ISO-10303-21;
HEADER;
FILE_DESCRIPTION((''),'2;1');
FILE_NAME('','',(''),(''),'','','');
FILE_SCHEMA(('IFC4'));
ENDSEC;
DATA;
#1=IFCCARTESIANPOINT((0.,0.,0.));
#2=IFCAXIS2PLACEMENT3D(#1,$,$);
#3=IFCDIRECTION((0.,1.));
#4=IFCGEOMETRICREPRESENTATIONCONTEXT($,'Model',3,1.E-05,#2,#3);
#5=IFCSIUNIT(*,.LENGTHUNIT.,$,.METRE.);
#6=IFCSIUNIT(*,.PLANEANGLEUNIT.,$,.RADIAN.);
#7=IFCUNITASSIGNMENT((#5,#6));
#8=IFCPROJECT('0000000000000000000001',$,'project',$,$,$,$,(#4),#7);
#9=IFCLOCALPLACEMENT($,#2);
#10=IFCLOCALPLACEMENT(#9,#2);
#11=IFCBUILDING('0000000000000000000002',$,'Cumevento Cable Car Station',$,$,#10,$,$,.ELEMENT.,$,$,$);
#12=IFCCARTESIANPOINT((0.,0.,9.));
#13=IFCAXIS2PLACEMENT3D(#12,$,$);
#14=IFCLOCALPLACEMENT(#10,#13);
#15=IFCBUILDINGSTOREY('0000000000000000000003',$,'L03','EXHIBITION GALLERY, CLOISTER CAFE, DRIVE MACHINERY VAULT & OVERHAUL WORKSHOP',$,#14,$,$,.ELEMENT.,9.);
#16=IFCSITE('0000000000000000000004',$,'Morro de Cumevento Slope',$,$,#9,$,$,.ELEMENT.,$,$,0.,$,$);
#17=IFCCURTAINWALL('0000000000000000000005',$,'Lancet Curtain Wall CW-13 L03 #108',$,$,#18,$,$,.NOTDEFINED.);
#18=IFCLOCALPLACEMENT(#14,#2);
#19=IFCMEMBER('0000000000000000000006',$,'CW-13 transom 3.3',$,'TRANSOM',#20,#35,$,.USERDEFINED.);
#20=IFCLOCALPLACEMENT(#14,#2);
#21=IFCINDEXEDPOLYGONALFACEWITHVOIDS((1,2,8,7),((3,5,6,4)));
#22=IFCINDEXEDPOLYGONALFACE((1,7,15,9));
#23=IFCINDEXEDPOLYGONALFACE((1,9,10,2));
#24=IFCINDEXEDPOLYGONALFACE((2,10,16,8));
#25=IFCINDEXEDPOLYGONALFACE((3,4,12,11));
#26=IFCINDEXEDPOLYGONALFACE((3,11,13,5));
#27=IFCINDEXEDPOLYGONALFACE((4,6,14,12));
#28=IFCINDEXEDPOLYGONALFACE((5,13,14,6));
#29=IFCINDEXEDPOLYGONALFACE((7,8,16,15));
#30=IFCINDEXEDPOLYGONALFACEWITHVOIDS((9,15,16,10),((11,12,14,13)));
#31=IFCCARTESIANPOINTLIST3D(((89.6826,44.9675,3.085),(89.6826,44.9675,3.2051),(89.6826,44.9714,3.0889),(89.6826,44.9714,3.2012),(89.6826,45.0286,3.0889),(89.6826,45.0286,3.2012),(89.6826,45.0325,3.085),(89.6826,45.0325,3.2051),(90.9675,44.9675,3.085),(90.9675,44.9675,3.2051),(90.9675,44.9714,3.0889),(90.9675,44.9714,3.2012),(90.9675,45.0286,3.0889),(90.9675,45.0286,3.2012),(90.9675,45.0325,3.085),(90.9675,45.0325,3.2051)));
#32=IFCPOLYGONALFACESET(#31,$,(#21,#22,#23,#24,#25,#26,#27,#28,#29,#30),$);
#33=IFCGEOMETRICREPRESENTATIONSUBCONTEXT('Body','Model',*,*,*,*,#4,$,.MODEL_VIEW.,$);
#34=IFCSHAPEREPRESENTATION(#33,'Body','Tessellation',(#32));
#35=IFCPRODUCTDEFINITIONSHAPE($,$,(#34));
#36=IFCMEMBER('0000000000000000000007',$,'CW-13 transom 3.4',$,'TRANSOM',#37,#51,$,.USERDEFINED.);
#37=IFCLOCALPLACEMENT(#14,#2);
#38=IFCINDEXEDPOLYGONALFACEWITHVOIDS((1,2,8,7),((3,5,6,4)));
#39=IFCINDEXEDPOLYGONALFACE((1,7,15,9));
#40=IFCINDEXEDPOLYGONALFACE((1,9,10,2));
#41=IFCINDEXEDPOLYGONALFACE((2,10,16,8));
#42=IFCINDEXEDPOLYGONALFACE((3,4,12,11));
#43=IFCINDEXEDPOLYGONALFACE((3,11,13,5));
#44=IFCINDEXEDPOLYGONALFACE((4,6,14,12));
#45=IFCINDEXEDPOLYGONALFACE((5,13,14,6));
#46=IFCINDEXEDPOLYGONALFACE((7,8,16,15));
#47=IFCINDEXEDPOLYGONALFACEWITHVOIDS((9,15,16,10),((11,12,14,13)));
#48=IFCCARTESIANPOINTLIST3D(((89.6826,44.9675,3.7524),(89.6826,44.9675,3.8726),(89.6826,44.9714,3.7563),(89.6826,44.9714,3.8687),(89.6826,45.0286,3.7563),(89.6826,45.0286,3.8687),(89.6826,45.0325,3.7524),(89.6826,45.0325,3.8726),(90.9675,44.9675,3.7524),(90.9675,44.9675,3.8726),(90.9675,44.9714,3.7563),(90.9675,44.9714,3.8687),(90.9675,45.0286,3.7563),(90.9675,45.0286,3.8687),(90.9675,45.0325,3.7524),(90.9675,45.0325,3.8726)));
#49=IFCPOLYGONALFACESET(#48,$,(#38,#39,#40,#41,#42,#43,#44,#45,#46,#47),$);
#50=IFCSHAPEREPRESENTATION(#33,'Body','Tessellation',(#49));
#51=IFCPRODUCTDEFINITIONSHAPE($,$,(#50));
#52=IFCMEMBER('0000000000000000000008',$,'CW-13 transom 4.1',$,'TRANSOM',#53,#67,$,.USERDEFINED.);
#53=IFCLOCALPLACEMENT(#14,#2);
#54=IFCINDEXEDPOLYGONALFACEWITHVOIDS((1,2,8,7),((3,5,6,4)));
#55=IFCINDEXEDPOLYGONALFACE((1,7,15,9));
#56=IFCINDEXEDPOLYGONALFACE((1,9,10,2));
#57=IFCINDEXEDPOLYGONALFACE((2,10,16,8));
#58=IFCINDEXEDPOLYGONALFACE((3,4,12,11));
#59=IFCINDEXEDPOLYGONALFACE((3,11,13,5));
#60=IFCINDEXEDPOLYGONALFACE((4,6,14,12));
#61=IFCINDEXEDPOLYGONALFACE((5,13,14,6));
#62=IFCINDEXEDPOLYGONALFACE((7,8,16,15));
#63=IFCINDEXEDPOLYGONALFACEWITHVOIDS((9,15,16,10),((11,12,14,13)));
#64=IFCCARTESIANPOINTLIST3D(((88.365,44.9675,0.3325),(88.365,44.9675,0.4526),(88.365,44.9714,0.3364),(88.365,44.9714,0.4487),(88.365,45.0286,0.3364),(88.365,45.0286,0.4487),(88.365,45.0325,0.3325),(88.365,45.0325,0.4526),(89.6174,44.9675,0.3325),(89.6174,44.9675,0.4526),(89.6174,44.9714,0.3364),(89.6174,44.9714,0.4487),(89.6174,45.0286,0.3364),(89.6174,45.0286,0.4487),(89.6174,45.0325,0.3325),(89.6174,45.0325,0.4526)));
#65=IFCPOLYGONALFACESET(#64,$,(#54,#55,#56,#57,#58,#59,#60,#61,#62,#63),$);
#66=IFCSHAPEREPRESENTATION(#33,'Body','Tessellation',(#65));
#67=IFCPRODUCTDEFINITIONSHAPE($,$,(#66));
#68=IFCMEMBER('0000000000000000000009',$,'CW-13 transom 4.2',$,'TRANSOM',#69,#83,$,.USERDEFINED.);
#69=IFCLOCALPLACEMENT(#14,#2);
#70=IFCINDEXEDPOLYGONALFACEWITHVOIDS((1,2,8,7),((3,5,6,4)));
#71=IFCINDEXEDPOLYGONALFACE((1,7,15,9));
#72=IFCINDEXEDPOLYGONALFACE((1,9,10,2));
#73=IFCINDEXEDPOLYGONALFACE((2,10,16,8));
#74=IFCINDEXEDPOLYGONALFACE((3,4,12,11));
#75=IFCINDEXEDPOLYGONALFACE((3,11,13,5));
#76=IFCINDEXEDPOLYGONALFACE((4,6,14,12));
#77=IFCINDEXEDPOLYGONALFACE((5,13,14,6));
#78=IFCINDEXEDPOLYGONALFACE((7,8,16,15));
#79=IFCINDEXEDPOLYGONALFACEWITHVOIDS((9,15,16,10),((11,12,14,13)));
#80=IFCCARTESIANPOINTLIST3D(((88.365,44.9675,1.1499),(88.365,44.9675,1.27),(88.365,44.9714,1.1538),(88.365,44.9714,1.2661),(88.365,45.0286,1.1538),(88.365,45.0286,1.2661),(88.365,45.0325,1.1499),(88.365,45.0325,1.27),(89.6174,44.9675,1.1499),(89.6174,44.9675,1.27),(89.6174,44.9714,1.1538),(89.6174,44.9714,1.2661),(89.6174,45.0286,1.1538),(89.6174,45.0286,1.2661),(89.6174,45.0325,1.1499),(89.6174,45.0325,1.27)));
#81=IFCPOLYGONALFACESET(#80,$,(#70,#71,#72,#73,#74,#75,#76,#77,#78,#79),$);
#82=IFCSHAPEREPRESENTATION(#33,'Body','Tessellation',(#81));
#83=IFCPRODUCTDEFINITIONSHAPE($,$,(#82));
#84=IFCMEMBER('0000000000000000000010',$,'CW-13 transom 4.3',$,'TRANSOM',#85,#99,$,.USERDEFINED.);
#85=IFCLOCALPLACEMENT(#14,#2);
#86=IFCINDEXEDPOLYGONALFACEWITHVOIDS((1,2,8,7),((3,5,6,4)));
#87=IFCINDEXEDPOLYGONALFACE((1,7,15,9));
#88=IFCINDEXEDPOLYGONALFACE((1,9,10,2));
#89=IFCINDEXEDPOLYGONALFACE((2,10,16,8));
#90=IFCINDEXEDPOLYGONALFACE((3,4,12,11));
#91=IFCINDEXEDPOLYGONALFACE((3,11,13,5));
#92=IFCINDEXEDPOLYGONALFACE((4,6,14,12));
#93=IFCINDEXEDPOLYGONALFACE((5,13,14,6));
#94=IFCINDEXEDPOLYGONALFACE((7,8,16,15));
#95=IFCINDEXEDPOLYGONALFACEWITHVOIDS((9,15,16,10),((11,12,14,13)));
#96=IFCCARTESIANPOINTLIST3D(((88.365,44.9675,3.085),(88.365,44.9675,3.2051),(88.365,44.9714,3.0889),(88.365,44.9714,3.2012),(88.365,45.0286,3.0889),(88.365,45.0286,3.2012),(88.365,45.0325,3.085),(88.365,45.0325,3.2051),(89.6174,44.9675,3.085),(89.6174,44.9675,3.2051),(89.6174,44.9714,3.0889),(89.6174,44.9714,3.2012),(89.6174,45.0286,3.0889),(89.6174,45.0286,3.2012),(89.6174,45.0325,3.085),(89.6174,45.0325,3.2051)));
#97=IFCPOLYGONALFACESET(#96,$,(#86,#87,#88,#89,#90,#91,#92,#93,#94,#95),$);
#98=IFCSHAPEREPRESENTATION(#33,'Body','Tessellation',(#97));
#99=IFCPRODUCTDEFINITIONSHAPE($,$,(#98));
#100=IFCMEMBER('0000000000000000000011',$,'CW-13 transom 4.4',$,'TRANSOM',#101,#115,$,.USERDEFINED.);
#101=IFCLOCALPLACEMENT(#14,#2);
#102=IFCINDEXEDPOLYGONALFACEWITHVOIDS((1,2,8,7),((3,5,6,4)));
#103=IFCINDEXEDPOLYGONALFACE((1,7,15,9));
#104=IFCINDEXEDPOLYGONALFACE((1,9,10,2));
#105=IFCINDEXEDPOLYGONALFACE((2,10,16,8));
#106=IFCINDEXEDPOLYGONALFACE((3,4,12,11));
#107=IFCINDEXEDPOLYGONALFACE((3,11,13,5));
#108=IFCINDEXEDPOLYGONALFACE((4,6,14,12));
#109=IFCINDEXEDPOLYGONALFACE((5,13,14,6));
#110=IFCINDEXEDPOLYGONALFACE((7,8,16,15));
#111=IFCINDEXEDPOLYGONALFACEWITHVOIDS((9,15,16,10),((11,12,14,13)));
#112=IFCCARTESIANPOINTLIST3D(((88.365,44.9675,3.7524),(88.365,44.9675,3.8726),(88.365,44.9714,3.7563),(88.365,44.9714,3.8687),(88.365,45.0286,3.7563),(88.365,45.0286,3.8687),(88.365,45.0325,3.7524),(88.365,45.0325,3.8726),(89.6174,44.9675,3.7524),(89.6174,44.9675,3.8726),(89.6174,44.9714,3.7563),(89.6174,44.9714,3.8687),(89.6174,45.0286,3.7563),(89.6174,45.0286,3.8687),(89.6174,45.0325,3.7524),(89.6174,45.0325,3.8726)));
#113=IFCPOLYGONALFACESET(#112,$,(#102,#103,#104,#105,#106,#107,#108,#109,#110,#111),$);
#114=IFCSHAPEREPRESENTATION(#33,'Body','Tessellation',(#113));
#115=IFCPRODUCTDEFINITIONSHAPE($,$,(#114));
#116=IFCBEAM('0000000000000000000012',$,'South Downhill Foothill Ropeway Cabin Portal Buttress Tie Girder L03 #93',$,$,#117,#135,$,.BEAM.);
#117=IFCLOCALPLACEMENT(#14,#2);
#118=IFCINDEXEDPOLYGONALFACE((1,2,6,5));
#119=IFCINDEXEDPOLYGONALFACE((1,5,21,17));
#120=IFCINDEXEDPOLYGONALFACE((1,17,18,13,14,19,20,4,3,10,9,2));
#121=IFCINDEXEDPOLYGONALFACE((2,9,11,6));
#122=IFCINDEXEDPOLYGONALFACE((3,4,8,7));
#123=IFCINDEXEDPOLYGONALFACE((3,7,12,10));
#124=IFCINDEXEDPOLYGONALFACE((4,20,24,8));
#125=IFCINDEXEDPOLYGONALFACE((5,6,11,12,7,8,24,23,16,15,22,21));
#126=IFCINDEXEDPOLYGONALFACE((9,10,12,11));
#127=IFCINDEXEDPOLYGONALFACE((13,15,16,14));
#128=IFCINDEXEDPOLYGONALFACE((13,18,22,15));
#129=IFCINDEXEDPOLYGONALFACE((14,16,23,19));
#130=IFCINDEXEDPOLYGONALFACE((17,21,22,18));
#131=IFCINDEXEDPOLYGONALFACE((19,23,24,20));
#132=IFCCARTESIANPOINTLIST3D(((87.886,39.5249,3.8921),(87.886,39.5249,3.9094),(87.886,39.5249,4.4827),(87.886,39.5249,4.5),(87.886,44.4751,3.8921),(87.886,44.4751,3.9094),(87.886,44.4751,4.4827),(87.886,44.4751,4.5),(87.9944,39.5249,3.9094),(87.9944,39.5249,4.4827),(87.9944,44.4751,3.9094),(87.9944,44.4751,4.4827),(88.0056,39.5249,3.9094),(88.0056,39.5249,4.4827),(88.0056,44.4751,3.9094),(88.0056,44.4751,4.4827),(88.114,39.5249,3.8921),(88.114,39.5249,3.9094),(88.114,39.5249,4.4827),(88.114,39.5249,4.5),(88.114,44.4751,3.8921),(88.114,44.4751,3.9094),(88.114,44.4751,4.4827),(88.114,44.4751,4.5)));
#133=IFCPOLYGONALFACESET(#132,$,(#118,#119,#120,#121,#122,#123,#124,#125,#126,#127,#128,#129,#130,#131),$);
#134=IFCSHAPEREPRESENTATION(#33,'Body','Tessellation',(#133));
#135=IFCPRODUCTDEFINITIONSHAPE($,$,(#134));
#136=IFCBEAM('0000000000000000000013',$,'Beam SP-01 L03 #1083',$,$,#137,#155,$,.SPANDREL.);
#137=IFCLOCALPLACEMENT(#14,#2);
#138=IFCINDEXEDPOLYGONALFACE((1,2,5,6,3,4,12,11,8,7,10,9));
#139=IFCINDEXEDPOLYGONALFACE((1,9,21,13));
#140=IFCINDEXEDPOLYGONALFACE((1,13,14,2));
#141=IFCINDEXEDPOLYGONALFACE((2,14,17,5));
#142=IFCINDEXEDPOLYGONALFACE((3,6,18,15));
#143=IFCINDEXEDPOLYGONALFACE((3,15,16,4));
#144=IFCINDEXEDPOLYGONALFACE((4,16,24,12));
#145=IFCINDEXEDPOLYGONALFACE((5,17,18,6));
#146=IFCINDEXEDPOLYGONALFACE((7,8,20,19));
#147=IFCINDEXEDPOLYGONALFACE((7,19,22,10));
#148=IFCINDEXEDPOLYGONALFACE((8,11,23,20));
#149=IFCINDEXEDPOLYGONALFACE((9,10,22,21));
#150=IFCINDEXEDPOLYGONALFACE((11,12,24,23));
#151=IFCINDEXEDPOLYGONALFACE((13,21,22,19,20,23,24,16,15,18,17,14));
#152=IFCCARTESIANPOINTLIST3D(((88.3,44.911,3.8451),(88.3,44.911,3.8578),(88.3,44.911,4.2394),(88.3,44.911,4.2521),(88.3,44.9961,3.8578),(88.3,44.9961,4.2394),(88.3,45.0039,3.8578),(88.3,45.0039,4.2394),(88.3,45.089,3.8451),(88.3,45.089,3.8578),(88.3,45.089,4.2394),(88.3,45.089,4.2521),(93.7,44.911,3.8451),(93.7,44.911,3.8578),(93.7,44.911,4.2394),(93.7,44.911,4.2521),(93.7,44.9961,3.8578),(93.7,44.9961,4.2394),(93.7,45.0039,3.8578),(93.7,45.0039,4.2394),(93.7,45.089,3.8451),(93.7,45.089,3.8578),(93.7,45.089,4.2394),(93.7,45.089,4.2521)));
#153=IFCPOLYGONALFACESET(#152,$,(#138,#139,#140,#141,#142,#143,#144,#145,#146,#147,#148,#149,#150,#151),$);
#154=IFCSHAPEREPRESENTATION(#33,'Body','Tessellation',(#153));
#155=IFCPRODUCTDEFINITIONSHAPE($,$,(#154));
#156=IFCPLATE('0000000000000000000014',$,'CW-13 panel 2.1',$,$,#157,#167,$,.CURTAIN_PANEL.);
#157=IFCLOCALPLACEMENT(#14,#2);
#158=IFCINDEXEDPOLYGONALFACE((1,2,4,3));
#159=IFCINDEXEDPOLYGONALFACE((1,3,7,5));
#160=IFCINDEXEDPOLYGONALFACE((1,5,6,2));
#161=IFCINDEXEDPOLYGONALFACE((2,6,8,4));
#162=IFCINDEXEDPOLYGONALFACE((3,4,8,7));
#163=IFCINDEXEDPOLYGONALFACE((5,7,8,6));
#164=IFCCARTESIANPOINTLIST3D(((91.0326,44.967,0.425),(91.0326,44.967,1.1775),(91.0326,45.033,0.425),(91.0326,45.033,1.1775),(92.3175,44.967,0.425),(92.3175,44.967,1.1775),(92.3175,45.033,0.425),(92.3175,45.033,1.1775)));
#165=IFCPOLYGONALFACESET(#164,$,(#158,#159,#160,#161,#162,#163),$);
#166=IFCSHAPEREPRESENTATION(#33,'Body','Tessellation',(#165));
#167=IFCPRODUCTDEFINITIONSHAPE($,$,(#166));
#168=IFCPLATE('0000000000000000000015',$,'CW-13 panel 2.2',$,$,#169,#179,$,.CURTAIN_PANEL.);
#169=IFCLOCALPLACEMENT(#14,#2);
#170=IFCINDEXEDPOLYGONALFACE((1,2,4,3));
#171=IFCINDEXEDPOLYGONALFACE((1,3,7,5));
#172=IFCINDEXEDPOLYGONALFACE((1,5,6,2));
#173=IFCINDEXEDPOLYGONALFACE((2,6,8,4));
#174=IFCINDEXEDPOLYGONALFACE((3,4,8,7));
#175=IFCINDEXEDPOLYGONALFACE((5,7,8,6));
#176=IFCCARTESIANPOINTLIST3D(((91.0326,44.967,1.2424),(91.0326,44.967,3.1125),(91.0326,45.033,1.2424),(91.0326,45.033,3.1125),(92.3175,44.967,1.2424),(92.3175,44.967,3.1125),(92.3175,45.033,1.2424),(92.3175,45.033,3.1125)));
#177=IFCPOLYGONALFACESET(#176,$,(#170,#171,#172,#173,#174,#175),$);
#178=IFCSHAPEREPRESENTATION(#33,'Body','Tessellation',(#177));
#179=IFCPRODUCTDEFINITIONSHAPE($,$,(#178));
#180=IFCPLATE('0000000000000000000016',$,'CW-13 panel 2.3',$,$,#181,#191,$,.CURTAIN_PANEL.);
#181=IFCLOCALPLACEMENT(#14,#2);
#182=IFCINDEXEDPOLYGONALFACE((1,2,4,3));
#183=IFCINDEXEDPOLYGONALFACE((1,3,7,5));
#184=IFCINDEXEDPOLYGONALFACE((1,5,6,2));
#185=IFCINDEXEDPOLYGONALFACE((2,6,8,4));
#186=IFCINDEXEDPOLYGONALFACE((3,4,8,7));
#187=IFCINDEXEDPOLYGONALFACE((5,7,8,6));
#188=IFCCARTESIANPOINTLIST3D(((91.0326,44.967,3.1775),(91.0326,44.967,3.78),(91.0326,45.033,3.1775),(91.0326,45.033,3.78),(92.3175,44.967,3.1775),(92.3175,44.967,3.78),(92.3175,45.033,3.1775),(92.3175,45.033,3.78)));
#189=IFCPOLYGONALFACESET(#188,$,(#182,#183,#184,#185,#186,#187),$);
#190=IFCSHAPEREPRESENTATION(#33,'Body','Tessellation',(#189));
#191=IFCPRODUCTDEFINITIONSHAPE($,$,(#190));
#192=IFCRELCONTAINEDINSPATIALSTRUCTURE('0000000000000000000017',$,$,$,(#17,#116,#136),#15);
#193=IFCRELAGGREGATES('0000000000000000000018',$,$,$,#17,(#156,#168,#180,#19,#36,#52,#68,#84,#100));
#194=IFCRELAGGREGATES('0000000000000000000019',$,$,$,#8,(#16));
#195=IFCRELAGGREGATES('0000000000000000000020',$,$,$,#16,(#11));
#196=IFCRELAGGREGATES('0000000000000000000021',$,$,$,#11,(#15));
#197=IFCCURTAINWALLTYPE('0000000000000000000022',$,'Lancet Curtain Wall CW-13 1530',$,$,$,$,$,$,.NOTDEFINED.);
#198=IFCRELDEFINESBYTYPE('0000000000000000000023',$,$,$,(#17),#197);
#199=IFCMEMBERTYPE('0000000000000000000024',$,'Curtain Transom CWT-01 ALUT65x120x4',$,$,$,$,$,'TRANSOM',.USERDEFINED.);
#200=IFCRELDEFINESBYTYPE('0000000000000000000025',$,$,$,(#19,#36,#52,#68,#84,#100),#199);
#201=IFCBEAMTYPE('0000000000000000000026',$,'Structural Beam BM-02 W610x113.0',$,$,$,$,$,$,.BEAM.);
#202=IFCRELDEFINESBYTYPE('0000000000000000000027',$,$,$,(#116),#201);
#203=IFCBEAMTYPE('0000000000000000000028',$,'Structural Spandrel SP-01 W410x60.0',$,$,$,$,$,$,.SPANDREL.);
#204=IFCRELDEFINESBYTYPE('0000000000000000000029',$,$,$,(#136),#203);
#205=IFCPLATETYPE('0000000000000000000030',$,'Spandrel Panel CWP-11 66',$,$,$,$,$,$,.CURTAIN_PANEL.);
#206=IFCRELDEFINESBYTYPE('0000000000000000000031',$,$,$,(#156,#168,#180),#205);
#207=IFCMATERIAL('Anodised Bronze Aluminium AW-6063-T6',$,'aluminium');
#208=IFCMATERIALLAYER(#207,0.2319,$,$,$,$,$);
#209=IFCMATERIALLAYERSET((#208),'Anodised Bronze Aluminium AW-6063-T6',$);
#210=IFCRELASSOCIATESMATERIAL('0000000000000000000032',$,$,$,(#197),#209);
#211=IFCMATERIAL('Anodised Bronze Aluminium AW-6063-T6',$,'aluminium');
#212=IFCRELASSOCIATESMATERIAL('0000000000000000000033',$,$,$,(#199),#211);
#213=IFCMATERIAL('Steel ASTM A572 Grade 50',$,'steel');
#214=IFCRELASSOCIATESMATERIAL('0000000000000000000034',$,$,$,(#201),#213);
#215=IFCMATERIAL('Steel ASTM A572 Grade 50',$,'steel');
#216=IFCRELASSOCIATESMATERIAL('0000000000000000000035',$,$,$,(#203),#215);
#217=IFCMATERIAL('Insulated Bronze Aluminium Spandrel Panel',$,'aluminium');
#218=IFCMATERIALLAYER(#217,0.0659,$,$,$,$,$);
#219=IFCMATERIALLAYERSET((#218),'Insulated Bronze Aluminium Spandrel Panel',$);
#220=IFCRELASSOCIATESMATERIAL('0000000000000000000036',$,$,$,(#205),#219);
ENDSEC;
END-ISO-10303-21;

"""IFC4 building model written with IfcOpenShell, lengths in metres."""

from ifc_helpers import new_model, si_unit, direction, frame, origin, origin_2d, place, context, subcontext, project, spatial, rectangle, hollow_rectangle, i_section, extrude, material, layer, layer_set, material_profile, profile_set, type_object, element, aggregate, save


model = new_model("IFC4")

# Units and contexts
model_context = context("Model", 3, precision=1e-05, world=origin(), true_north=direction((0.0, 1.0)))
body_context = subcontext(model_context, "Body", "Model", "MODEL_VIEW")
ifc_project = project(units=[si_unit("LENGTHUNIT", "METRE"), si_unit("PLANEANGLEUNIT", "RADIAN")], contexts=[model_context])

# Site, building, storey
site_placement = place(None, origin())
site = spatial("IfcSite", under=ifc_project, at=site_placement, Name="Morro de Cumevento Slope", CompositionType="ELEMENT", RefElevation=0.0)
building_placement = place(site_placement, origin())
building = spatial("IfcBuilding", under=site, at=building_placement, Name="Cumevento Cable Car Station", CompositionType="ELEMENT")
storey_placement = place(building_placement, frame((0.0, 0.0, 9.0)))
storey = spatial("IfcBuildingStorey", under=building, at=storey_placement, Name="L03", Description="EXHIBITION GALLERY, CLOISTER CAFE, DRIVE MACHINERY VAULT & OVERHAUL WORKSHOP", CompositionType="ELEMENT", Elevation=9.0)

# Curtain wall
ifc_material_1 = material(Name="Anodised Bronze Aluminium AW-6063-T6", Category="aluminium")
ifc_layer_1 = layer(ifc_material_1, 0.2319)
ifc_layer_set_1 = layer_set([ifc_layer_1], Name="Anodised Bronze Aluminium AW-6063-T6")
curtain_wall_type_1 = type_object("IfcCurtainWallType", Name="Lancet Curtain Wall CW-13 1530", PredefinedType="NOTDEFINED", material=ifc_layer_set_1)
curtain_wall_1_placement = place(storey_placement, origin())
curtain_wall_1 = element("IfcCurtainWall", 1, at=curtain_wall_1_placement, inside=storey, type_object=curtain_wall_type_1, Name="Lancet Curtain Wall CW-13 L03 #108", PredefinedType="NOTDEFINED")

# Members
ifc_material_2 = material(Name="Anodised Bronze Aluminium AW-6063-T6", Category="aluminium")
ifc_material_profile_1 = material_profile(ifc_material_2, hollow_rectangle(XDim=0.0649, YDim=0.1201, WallThickness=0.0039, at=origin_2d()), Name="ALUT65x120x4")
ifc_profile_set_1 = profile_set([ifc_material_profile_1], Name="Anodised Bronze Aluminium AW-6063-T6")
member_type_1 = type_object("IfcMemberType", Name="Curtain Transom CWT-01 ALUT65x120x4", ElementType="TRANSOM", PredefinedType="USERDEFINED", material=ifc_profile_set_1)
member_1_placement = place(storey_placement, frame((90.9675, 45.0, 3.145), z_axis=(-1.0, 0.0, 0.0), x_axis=(0.0, -1.0, 0.0)))
member_1 = element("IfcMember", 2, at=member_1_placement, type_object=member_type_1, Name="CW-13 transom 3.3", ObjectType="TRANSOM", PredefinedType="USERDEFINED", context=body_context, shape_type="SweptSolid", body=[
    extrude(hollow_rectangle(XDim=0.0649, YDim=0.1201, WallThickness=0.0039, at=origin_2d()), origin(), (0.0, 0.0, 1.0), 1.2849),
])
member_2_placement = place(storey_placement, frame((90.9675, 45.0, 3.8125), z_axis=(-1.0, 0.0, 0.0), x_axis=(0.0, -1.0, 0.0)))
member_2 = element("IfcMember", 3, at=member_2_placement, type_object=member_type_1, Name="CW-13 transom 3.4", ObjectType="TRANSOM", PredefinedType="USERDEFINED", context=body_context, shape_type="SweptSolid", body=[
    extrude(hollow_rectangle(XDim=0.0649, YDim=0.1201, WallThickness=0.0039, at=origin_2d()), origin(), (0.0, 0.0, 1.0), 1.2849),
])
member_3_placement = place(storey_placement, frame((89.6174, 45.0, 0.3926), z_axis=(-1.0, 0.0, 0.0), x_axis=(0.0, -1.0, 0.0)))
member_3 = element("IfcMember", 4, at=member_3_placement, type_object=member_type_1, Name="CW-13 transom 4.1", ObjectType="TRANSOM", PredefinedType="USERDEFINED", context=body_context, shape_type="SweptSolid", body=[
    extrude(hollow_rectangle(XDim=0.0649, YDim=0.1201, WallThickness=0.0039, at=origin_2d()), origin(), (0.0, 0.0, 1.0), 1.2524),
])
member_4_placement = place(storey_placement, frame((89.6174, 45.0, 1.21), z_axis=(-1.0, 0.0, 0.0), x_axis=(0.0, -1.0, 0.0)))
member_4 = element("IfcMember", 5, at=member_4_placement, type_object=member_type_1, Name="CW-13 transom 4.2", ObjectType="TRANSOM", PredefinedType="USERDEFINED", context=body_context, shape_type="SweptSolid", body=[
    extrude(hollow_rectangle(XDim=0.0649, YDim=0.1201, WallThickness=0.0039, at=origin_2d()), origin(), (0.0, 0.0, 1.0), 1.2524),
])
member_5_placement = place(storey_placement, frame((89.6174, 45.0, 3.145), z_axis=(-1.0, 0.0, 0.0), x_axis=(0.0, -1.0, 0.0)))
member_5 = element("IfcMember", 6, at=member_5_placement, type_object=member_type_1, Name="CW-13 transom 4.3", ObjectType="TRANSOM", PredefinedType="USERDEFINED", context=body_context, shape_type="SweptSolid", body=[
    extrude(hollow_rectangle(XDim=0.0649, YDim=0.1201, WallThickness=0.0039, at=origin_2d()), origin(), (0.0, 0.0, 1.0), 1.2524),
])
member_6_placement = place(storey_placement, frame((89.6174, 45.0, 3.8125), z_axis=(-1.0, 0.0, 0.0), x_axis=(0.0, -1.0, 0.0)))
member_6 = element("IfcMember", 7, at=member_6_placement, type_object=member_type_1, Name="CW-13 transom 4.4", ObjectType="TRANSOM", PredefinedType="USERDEFINED", context=body_context, shape_type="SweptSolid", body=[
    extrude(hollow_rectangle(XDim=0.0649, YDim=0.1201, WallThickness=0.0039, at=origin_2d()), origin(), (0.0, 0.0, 1.0), 1.2524),
])

# Beams
ifc_material_3 = material(Name="Steel ASTM A572 Grade 50", Category="steel")
ifc_material_profile_2 = material_profile(ifc_material_3, i_section(OverallWidth=0.228, OverallDepth=0.6079, WebThickness=0.0112, FlangeThickness=0.0173, at=origin_2d()), Name="W610x113.0")
ifc_profile_set_2 = profile_set([ifc_material_profile_2], Name="Steel ASTM A572 Grade 50")
beam_type_1 = type_object("IfcBeamType", Name="Structural Beam BM-02 W610x113.0", PredefinedType="BEAM", material=ifc_profile_set_2)
beam_1_placement = place(storey_placement, frame((88.0, 39.5249, 4.196), z_axis=(0.0, 1.0, 0.0), x_axis=(-1.0, 0.0, 0.0)))
element("IfcBeam", 8, at=beam_1_placement, inside=storey, type_object=beam_type_1, Name="South Downhill Foothill Ropeway Cabin Portal Buttress Tie Girder L03 #93", PredefinedType="BEAM", context=body_context, shape_type="SweptSolid", body=[
    extrude(i_section(OverallWidth=0.228, OverallDepth=0.6079, WebThickness=0.0112, FlangeThickness=0.0173, at=origin_2d()), origin(), (0.0, 0.0, 1.0), 4.9502),
])
ifc_material_4 = material(Name="Steel ASTM A572 Grade 50", Category="steel")
ifc_material_profile_3 = material_profile(ifc_material_4, i_section(OverallWidth=0.178, OverallDepth=0.407, WebThickness=0.0078, FlangeThickness=0.0127, at=origin_2d()), Name="W410x60.0")
ifc_profile_set_3 = profile_set([ifc_material_profile_3], Name="Steel ASTM A572 Grade 50")
beam_type_2 = type_object("IfcBeamType", Name="Structural Spandrel SP-01 W410x60.0", PredefinedType="SPANDREL", material=ifc_profile_set_3)
beam_2_placement = place(storey_placement, frame((88.3, 45.0, 4.0486), z_axis=(1.0, 0.0, 0.0), x_axis=(0.0, 1.0, 0.0)))
element("IfcBeam", 9, at=beam_2_placement, inside=storey, type_object=beam_type_2, Name="Beam SP-01 L03 #1083", PredefinedType="SPANDREL", context=body_context, shape_type="SweptSolid", body=[
    extrude(i_section(OverallWidth=0.178, OverallDepth=0.407, WebThickness=0.0078, FlangeThickness=0.0127, at=origin_2d()), origin(), (0.0, 0.0, 1.0), 5.3999),
])

# Plates
ifc_material_5 = material(Name="Insulated Bronze Aluminium Spandrel Panel", Category="aluminium")
ifc_layer_2 = layer(ifc_material_5, 0.0659)
ifc_layer_set_2 = layer_set([ifc_layer_2], Name="Insulated Bronze Aluminium Spandrel Panel")
plate_type = type_object("IfcPlateType", Name="Spandrel Panel CWP-11 66", PredefinedType="CURTAIN_PANEL", material=ifc_layer_set_2)
plate_1_placement = place(storey_placement, frame((91.675, 45.0, 0.425), z_axis=(0.0, 0.0, 1.0), x_axis=(-1.0, 0.0, 0.0)))
plate_1 = element("IfcPlate", 10, at=plate_1_placement, type_object=plate_type, Name="CW-13 panel 2.1", PredefinedType="CURTAIN_PANEL", context=body_context, shape_type="SweptSolid", body=[
    extrude(rectangle(XDim=1.2849, YDim=0.0659, at=origin_2d()), origin(), (0.0, 0.0, 1.0), 0.7524),
])
plate_2_placement = place(storey_placement, frame((91.675, 45.0, 1.2424), z_axis=(0.0, 0.0, 1.0), x_axis=(-1.0, 0.0, 0.0)))
plate_2 = element("IfcPlate", 11, at=plate_2_placement, type_object=plate_type, Name="CW-13 panel 2.2", PredefinedType="CURTAIN_PANEL", context=body_context, shape_type="SweptSolid", body=[
    extrude(rectangle(XDim=1.2849, YDim=0.0659, at=origin_2d()), origin(), (0.0, 0.0, 1.0), 1.8701),
])
plate_3_placement = place(storey_placement, frame((91.675, 45.0, 3.1775), z_axis=(0.0, 0.0, 1.0), x_axis=(-1.0, 0.0, 0.0)))
plate_3 = element("IfcPlate", 12, at=plate_3_placement, type_object=plate_type, Name="CW-13 panel 2.3", PredefinedType="CURTAIN_PANEL", context=body_context, shape_type="SweptSolid", body=[
    extrude(rectangle(XDim=1.2849, YDim=0.0659, at=origin_2d()), origin(), (0.0, 0.0, 1.0), 0.6025),
])
aggregate(curtain_wall_1, [plate_1, plate_2, plate_3, member_1, member_2, member_3, member_4, member_5, member_6])

save(model, "model.ifc")
